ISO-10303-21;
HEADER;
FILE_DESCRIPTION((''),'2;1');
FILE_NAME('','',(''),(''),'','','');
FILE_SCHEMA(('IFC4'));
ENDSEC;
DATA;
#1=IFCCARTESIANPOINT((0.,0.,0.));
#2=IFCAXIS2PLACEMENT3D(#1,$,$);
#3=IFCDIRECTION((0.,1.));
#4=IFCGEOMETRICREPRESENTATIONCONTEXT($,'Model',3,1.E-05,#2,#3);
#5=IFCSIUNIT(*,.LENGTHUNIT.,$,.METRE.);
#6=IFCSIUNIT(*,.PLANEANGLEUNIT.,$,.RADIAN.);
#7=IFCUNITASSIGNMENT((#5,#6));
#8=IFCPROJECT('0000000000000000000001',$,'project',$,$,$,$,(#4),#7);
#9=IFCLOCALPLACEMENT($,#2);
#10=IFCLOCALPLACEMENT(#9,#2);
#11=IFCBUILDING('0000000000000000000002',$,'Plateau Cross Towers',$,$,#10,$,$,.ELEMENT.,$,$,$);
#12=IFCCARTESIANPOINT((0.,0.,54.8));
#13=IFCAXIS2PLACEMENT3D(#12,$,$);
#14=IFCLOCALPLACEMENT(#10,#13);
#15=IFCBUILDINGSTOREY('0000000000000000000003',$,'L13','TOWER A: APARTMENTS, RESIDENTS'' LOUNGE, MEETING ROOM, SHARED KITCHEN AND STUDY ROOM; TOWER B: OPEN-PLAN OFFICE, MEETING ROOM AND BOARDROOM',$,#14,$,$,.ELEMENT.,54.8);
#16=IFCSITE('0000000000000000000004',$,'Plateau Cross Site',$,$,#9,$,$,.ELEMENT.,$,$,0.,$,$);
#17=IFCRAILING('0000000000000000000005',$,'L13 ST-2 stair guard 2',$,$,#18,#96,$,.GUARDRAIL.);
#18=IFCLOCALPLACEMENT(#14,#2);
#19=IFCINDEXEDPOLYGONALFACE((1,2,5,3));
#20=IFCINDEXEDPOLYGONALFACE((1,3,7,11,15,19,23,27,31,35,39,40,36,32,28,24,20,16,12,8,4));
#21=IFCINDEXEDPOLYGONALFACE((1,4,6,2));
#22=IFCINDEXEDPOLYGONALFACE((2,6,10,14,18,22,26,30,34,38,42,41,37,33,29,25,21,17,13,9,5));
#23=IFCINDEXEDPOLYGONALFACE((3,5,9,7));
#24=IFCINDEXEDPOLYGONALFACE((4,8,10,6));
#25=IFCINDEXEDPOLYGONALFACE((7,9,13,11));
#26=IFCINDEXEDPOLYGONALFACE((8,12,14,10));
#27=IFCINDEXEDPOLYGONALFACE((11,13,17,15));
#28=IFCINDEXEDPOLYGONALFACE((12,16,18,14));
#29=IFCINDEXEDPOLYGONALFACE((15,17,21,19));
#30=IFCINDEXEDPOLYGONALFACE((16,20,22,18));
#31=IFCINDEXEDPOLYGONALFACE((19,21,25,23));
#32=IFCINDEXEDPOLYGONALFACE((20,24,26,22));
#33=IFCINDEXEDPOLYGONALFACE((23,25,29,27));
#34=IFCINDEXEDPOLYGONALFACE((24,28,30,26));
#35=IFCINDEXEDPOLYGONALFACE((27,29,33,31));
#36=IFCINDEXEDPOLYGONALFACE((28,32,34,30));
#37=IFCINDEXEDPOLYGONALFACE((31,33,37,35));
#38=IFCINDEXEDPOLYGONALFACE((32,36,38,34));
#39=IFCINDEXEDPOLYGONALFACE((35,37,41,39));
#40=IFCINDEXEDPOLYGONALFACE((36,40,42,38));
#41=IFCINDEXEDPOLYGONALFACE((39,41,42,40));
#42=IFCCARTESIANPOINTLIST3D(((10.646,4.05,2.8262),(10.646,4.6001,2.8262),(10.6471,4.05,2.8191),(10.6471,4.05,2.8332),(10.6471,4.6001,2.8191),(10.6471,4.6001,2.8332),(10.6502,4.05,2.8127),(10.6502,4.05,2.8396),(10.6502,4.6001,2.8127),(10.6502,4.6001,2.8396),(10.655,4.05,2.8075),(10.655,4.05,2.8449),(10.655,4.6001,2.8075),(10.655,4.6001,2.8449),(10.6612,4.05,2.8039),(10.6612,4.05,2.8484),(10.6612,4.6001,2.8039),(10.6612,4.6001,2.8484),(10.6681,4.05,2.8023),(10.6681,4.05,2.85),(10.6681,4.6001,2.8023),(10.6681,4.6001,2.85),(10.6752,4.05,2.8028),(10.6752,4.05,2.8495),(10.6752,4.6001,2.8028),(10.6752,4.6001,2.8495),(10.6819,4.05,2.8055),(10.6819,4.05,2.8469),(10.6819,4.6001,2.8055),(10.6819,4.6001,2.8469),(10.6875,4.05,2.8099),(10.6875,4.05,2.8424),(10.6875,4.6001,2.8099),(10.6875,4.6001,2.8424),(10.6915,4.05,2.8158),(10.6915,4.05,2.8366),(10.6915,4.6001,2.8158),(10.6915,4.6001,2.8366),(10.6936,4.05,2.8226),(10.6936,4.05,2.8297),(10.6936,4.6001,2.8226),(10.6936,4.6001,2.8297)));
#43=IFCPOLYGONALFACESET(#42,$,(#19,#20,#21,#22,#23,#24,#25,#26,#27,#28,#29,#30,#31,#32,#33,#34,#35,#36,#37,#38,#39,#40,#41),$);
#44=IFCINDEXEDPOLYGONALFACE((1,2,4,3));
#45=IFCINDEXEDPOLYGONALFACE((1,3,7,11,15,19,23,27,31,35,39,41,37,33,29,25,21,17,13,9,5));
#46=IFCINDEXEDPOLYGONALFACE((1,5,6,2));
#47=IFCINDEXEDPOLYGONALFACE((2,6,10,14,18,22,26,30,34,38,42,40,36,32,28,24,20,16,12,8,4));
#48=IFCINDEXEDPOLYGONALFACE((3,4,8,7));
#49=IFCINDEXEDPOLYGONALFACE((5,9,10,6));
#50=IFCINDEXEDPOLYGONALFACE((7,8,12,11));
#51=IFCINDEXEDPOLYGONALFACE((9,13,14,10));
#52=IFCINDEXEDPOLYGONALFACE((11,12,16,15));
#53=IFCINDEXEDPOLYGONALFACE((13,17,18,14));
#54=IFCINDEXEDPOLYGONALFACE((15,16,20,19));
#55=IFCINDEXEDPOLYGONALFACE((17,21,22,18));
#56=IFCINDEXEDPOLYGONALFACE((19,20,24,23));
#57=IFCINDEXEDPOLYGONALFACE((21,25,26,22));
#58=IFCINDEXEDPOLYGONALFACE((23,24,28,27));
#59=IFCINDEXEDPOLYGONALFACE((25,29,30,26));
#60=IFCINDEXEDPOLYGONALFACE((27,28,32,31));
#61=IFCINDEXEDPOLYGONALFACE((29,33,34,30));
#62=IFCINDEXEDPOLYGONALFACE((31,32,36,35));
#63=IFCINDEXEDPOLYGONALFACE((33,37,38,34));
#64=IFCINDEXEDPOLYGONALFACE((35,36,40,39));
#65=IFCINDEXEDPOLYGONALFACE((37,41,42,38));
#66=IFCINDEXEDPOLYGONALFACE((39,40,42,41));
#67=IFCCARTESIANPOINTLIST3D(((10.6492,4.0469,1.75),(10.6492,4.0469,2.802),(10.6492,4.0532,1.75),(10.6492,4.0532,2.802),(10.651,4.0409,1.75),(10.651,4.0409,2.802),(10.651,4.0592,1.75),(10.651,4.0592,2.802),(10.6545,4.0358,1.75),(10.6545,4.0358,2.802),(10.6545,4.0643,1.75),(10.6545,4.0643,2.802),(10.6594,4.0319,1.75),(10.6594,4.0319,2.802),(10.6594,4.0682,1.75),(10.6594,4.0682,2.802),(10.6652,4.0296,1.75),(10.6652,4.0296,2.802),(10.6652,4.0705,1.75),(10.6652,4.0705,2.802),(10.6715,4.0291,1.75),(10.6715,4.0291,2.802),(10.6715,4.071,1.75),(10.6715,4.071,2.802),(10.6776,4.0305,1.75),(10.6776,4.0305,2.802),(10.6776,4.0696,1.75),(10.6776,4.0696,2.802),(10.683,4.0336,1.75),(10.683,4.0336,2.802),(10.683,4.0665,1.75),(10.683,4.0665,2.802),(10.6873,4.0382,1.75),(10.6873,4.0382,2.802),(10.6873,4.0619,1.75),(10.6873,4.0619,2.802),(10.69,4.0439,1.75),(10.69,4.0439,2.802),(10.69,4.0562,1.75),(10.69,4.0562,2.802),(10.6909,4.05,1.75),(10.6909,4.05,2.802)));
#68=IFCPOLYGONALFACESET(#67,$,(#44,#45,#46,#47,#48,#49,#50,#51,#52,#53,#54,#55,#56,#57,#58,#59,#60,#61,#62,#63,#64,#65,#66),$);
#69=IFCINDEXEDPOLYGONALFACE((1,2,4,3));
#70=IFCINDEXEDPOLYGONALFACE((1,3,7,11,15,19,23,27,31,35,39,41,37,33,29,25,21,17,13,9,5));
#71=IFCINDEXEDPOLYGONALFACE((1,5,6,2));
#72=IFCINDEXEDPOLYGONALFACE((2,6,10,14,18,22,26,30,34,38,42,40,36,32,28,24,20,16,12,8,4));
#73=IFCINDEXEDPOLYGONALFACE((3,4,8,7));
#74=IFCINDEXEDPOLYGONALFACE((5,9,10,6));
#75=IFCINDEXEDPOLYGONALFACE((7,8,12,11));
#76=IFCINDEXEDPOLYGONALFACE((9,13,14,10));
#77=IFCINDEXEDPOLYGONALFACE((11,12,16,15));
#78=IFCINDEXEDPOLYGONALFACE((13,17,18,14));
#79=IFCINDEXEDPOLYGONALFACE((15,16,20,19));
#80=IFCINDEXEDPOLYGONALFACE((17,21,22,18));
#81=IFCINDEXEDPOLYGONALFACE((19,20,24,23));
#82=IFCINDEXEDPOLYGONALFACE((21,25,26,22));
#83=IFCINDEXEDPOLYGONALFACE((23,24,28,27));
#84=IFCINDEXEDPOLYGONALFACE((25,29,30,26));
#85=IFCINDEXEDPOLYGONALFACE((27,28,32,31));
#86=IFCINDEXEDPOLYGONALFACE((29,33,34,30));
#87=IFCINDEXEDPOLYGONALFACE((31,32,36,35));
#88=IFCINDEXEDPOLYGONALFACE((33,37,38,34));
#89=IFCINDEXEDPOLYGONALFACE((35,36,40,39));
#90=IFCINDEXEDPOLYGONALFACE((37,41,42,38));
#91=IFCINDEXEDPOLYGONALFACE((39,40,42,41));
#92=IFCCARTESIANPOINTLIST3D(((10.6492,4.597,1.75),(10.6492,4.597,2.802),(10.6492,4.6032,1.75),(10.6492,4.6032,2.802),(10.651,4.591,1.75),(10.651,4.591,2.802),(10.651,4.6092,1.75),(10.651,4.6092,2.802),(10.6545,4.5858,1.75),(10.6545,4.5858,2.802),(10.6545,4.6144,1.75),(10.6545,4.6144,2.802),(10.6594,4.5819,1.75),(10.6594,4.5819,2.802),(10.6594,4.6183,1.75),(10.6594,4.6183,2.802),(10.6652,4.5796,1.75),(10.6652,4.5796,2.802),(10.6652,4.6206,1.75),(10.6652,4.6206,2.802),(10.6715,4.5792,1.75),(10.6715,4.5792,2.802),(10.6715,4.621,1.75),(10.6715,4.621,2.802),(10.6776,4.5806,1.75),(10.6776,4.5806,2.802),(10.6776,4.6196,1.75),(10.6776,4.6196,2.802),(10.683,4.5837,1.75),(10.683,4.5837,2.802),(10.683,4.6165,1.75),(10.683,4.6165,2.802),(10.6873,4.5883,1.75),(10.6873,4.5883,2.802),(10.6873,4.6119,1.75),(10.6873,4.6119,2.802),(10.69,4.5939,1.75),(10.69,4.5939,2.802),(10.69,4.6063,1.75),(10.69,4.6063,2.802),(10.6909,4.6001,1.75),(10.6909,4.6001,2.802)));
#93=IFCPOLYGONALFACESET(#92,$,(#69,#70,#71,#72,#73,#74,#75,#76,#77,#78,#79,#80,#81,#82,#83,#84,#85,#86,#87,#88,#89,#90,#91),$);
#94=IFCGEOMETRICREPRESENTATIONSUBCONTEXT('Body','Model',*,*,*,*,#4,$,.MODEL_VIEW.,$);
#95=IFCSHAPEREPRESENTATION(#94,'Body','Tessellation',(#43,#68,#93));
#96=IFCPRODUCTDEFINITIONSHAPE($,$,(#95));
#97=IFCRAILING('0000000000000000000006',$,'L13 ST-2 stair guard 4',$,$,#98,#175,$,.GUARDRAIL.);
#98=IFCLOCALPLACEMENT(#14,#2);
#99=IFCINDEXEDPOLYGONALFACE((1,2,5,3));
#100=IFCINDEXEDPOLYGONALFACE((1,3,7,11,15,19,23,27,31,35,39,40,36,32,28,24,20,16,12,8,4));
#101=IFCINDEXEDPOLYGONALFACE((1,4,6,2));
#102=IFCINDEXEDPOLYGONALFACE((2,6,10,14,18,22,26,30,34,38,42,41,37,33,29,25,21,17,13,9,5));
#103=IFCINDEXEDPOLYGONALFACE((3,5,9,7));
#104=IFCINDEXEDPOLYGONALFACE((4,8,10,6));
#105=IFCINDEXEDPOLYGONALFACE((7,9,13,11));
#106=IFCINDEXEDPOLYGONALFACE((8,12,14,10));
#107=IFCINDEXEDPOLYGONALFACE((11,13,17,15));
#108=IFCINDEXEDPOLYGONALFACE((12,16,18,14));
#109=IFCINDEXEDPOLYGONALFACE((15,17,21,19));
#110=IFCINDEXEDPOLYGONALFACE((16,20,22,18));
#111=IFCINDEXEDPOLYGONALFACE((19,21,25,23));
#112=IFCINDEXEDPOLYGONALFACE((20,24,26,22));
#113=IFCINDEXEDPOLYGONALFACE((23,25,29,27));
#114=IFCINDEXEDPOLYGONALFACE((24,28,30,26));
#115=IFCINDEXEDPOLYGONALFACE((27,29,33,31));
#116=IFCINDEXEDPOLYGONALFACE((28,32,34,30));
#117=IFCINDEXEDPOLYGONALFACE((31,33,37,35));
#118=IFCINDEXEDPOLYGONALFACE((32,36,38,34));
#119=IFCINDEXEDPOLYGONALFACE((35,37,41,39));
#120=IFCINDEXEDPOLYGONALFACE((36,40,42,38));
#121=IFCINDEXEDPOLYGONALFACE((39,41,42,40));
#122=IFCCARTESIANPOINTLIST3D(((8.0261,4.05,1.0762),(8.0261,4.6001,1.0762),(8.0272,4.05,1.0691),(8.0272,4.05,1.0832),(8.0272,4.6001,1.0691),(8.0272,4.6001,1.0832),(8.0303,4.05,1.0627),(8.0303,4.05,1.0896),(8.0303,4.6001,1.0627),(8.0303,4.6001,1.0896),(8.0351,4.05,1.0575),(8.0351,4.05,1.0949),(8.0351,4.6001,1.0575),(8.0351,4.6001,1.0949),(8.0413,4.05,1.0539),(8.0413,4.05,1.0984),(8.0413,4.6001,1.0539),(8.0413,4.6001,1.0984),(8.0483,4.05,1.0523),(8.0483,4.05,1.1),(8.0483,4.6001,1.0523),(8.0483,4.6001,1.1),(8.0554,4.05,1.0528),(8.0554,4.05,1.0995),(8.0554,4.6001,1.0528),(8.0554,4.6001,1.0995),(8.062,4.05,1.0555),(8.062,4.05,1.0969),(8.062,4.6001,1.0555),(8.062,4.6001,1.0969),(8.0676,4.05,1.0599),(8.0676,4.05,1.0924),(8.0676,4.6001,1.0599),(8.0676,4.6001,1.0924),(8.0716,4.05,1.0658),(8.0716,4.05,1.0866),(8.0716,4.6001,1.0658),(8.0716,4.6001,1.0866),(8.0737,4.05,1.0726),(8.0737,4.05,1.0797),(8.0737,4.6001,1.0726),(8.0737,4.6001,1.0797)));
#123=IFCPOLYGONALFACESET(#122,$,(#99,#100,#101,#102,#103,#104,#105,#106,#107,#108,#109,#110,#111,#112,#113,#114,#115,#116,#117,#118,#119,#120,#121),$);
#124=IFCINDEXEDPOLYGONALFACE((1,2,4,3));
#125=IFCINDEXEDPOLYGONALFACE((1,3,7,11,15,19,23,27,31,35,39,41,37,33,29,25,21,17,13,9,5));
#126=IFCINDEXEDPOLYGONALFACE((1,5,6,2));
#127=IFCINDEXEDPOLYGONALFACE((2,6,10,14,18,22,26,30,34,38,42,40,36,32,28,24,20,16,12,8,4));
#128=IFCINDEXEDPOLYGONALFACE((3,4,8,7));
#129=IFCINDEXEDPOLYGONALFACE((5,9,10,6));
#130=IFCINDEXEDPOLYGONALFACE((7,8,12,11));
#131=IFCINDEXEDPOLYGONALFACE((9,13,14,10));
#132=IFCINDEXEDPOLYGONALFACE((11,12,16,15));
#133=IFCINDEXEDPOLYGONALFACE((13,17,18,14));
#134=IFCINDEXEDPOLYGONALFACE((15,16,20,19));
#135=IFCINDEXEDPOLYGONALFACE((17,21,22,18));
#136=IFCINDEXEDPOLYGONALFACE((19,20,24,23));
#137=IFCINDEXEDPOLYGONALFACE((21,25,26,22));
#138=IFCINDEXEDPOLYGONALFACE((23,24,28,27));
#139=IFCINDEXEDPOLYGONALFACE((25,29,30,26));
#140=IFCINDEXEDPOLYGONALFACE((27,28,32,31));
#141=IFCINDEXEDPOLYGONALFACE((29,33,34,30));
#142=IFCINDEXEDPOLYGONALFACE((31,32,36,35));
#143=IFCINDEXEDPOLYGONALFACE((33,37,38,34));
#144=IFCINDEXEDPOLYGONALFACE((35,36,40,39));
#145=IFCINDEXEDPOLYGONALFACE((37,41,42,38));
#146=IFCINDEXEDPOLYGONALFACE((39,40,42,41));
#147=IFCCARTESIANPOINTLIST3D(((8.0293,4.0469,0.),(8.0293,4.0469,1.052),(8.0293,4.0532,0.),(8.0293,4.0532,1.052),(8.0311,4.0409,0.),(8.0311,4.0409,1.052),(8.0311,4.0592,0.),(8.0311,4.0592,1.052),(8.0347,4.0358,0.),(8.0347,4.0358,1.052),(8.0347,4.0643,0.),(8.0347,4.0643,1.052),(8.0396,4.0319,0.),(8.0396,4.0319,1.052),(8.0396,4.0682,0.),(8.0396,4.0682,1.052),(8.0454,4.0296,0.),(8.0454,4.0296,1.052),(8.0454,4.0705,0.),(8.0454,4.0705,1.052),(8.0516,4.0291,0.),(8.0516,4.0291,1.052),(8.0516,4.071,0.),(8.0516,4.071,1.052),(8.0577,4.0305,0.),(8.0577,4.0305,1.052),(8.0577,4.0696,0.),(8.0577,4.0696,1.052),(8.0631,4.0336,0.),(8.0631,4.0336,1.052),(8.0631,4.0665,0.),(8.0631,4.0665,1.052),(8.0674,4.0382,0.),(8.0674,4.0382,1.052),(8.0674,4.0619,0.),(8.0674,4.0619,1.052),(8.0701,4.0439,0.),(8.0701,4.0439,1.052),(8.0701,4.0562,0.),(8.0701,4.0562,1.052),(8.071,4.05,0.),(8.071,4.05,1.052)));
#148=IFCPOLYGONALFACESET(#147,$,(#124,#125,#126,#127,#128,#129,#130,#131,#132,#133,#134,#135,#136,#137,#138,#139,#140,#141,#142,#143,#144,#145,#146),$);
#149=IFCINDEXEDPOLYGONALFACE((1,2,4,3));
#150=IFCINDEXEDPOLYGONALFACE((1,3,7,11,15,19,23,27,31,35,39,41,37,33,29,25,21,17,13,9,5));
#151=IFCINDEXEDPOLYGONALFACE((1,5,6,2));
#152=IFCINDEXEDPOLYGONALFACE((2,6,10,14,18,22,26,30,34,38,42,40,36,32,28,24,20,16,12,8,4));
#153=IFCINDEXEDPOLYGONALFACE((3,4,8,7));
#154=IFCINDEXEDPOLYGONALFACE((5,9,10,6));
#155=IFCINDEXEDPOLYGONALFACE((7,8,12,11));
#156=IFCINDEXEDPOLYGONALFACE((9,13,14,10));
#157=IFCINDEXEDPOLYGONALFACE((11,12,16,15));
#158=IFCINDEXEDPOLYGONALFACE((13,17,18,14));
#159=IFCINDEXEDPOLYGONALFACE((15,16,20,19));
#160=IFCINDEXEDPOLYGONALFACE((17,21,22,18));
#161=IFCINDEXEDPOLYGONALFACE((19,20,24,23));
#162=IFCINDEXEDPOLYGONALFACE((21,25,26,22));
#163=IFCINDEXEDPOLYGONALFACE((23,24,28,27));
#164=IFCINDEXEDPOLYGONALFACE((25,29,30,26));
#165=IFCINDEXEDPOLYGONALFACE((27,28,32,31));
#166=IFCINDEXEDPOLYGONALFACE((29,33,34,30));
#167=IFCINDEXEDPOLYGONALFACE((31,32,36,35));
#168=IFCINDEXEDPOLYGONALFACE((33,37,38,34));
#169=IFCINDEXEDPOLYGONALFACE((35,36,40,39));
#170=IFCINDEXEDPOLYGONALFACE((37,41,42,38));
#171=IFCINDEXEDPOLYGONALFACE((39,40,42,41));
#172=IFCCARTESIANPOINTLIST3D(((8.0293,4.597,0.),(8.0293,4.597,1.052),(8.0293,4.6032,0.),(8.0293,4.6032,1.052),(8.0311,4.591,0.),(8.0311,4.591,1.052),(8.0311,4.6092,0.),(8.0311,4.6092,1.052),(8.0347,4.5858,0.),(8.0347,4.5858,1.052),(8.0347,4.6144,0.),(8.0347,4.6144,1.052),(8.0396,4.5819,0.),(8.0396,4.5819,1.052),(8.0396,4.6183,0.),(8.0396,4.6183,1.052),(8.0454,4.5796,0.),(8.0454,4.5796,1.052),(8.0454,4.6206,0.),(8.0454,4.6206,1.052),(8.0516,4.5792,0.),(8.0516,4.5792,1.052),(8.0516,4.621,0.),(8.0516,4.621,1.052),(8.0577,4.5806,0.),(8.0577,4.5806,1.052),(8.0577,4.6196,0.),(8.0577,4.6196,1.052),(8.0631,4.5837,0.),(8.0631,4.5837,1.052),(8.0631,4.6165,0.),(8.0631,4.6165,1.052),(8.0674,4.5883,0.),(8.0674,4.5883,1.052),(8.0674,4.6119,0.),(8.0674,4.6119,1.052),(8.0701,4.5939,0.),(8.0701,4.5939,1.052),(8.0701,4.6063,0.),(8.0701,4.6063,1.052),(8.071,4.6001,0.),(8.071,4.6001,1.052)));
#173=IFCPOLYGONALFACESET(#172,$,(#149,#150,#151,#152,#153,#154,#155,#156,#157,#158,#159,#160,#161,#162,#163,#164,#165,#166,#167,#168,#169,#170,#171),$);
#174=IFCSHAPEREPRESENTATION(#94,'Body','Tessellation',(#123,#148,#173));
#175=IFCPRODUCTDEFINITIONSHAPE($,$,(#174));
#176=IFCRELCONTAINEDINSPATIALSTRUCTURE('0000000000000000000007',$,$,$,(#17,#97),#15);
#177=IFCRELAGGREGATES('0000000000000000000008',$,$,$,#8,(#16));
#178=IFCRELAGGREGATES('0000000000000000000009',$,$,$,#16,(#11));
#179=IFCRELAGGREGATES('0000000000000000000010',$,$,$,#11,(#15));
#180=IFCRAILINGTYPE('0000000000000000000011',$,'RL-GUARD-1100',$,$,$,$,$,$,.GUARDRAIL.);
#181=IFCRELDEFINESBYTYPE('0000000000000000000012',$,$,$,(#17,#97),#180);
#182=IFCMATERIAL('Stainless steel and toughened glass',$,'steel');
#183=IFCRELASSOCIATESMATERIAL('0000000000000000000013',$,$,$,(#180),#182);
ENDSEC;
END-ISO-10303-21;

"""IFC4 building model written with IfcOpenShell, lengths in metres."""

from ifc_helpers import new_model, si_unit, direction, frame, origin, origin_2d, place, context, subcontext, project, spatial, circle, extrude, material, type_object, element, save


model = new_model("IFC4")

# Units and contexts
model_context = context("Model", 3, precision=1e-05, world=origin(), true_north=direction((0.0, 1.0)))
body_context = subcontext(model_context, "Body", "Model", "MODEL_VIEW")
ifc_project = project(units=[si_unit("LENGTHUNIT", "METRE"), si_unit("PLANEANGLEUNIT", "RADIAN")], contexts=[model_context])

# Site, building, storey
site_placement = place(None, origin())
site = spatial("IfcSite", under=ifc_project, at=site_placement, Name="Plateau Cross Site", CompositionType="ELEMENT", RefElevation=0.0)
building_placement = place(site_placement, origin())
building = spatial("IfcBuilding", under=site, at=building_placement, Name="Plateau Cross Towers", CompositionType="ELEMENT")
storey_placement = place(building_placement, frame((0.0, 0.0, 54.8)))
storey = spatial("IfcBuildingStorey", under=building, at=storey_placement, Name="L13", Description="TOWER A: APARTMENTS, RESIDENTS' LOUNGE, MEETING ROOM, SHARED KITCHEN AND STUDY ROOM; TOWER B: OPEN-PLAN OFFICE, MEETING ROOM AND BOARDROOM", CompositionType="ELEMENT", Elevation=54.8)

# Railings
ifc_material_1 = material(Name="Stainless steel and toughened glass", Category="steel")
railing_type_1 = type_object("IfcRailingType", Name="RL-GUARD-1100", PredefinedType="GUARDRAIL", material=ifc_material_1)
for number, where, name in (
    (1, (10.6699, 4.05, 1.75), "L13 ST-2 stair guard 2"),
    (2, (8.05, 4.05, 0.0), "L13 ST-2 stair guard 4"),
):
    element("IfcRailing", number, at=place(storey_placement, frame(where)), inside=storey, type_object=railing_type_1, Name=name, PredefinedType="GUARDRAIL", context=body_context, shape_type="SweptSolid", body=[
        extrude(circle(Radius=0.0239, at=origin_2d()), frame((0.0, 0.0, 1.0762), z_axis=(0.0, 1.0, 0.0), x_axis=(-1.0, 0.0, 0.0)), (0.0, 0.0, 1.0), 0.55),
        extrude(circle(Radius=0.021, at=origin_2d()), origin(), (0.0, 0.0, 1.0), 1.052),
        extrude(circle(Radius=0.021, at=origin_2d()), frame((0.0, 0.55, 0.0)), (0.0, 0.0, 1.0), 1.052),
    ])

save(model, "model.ifc")
